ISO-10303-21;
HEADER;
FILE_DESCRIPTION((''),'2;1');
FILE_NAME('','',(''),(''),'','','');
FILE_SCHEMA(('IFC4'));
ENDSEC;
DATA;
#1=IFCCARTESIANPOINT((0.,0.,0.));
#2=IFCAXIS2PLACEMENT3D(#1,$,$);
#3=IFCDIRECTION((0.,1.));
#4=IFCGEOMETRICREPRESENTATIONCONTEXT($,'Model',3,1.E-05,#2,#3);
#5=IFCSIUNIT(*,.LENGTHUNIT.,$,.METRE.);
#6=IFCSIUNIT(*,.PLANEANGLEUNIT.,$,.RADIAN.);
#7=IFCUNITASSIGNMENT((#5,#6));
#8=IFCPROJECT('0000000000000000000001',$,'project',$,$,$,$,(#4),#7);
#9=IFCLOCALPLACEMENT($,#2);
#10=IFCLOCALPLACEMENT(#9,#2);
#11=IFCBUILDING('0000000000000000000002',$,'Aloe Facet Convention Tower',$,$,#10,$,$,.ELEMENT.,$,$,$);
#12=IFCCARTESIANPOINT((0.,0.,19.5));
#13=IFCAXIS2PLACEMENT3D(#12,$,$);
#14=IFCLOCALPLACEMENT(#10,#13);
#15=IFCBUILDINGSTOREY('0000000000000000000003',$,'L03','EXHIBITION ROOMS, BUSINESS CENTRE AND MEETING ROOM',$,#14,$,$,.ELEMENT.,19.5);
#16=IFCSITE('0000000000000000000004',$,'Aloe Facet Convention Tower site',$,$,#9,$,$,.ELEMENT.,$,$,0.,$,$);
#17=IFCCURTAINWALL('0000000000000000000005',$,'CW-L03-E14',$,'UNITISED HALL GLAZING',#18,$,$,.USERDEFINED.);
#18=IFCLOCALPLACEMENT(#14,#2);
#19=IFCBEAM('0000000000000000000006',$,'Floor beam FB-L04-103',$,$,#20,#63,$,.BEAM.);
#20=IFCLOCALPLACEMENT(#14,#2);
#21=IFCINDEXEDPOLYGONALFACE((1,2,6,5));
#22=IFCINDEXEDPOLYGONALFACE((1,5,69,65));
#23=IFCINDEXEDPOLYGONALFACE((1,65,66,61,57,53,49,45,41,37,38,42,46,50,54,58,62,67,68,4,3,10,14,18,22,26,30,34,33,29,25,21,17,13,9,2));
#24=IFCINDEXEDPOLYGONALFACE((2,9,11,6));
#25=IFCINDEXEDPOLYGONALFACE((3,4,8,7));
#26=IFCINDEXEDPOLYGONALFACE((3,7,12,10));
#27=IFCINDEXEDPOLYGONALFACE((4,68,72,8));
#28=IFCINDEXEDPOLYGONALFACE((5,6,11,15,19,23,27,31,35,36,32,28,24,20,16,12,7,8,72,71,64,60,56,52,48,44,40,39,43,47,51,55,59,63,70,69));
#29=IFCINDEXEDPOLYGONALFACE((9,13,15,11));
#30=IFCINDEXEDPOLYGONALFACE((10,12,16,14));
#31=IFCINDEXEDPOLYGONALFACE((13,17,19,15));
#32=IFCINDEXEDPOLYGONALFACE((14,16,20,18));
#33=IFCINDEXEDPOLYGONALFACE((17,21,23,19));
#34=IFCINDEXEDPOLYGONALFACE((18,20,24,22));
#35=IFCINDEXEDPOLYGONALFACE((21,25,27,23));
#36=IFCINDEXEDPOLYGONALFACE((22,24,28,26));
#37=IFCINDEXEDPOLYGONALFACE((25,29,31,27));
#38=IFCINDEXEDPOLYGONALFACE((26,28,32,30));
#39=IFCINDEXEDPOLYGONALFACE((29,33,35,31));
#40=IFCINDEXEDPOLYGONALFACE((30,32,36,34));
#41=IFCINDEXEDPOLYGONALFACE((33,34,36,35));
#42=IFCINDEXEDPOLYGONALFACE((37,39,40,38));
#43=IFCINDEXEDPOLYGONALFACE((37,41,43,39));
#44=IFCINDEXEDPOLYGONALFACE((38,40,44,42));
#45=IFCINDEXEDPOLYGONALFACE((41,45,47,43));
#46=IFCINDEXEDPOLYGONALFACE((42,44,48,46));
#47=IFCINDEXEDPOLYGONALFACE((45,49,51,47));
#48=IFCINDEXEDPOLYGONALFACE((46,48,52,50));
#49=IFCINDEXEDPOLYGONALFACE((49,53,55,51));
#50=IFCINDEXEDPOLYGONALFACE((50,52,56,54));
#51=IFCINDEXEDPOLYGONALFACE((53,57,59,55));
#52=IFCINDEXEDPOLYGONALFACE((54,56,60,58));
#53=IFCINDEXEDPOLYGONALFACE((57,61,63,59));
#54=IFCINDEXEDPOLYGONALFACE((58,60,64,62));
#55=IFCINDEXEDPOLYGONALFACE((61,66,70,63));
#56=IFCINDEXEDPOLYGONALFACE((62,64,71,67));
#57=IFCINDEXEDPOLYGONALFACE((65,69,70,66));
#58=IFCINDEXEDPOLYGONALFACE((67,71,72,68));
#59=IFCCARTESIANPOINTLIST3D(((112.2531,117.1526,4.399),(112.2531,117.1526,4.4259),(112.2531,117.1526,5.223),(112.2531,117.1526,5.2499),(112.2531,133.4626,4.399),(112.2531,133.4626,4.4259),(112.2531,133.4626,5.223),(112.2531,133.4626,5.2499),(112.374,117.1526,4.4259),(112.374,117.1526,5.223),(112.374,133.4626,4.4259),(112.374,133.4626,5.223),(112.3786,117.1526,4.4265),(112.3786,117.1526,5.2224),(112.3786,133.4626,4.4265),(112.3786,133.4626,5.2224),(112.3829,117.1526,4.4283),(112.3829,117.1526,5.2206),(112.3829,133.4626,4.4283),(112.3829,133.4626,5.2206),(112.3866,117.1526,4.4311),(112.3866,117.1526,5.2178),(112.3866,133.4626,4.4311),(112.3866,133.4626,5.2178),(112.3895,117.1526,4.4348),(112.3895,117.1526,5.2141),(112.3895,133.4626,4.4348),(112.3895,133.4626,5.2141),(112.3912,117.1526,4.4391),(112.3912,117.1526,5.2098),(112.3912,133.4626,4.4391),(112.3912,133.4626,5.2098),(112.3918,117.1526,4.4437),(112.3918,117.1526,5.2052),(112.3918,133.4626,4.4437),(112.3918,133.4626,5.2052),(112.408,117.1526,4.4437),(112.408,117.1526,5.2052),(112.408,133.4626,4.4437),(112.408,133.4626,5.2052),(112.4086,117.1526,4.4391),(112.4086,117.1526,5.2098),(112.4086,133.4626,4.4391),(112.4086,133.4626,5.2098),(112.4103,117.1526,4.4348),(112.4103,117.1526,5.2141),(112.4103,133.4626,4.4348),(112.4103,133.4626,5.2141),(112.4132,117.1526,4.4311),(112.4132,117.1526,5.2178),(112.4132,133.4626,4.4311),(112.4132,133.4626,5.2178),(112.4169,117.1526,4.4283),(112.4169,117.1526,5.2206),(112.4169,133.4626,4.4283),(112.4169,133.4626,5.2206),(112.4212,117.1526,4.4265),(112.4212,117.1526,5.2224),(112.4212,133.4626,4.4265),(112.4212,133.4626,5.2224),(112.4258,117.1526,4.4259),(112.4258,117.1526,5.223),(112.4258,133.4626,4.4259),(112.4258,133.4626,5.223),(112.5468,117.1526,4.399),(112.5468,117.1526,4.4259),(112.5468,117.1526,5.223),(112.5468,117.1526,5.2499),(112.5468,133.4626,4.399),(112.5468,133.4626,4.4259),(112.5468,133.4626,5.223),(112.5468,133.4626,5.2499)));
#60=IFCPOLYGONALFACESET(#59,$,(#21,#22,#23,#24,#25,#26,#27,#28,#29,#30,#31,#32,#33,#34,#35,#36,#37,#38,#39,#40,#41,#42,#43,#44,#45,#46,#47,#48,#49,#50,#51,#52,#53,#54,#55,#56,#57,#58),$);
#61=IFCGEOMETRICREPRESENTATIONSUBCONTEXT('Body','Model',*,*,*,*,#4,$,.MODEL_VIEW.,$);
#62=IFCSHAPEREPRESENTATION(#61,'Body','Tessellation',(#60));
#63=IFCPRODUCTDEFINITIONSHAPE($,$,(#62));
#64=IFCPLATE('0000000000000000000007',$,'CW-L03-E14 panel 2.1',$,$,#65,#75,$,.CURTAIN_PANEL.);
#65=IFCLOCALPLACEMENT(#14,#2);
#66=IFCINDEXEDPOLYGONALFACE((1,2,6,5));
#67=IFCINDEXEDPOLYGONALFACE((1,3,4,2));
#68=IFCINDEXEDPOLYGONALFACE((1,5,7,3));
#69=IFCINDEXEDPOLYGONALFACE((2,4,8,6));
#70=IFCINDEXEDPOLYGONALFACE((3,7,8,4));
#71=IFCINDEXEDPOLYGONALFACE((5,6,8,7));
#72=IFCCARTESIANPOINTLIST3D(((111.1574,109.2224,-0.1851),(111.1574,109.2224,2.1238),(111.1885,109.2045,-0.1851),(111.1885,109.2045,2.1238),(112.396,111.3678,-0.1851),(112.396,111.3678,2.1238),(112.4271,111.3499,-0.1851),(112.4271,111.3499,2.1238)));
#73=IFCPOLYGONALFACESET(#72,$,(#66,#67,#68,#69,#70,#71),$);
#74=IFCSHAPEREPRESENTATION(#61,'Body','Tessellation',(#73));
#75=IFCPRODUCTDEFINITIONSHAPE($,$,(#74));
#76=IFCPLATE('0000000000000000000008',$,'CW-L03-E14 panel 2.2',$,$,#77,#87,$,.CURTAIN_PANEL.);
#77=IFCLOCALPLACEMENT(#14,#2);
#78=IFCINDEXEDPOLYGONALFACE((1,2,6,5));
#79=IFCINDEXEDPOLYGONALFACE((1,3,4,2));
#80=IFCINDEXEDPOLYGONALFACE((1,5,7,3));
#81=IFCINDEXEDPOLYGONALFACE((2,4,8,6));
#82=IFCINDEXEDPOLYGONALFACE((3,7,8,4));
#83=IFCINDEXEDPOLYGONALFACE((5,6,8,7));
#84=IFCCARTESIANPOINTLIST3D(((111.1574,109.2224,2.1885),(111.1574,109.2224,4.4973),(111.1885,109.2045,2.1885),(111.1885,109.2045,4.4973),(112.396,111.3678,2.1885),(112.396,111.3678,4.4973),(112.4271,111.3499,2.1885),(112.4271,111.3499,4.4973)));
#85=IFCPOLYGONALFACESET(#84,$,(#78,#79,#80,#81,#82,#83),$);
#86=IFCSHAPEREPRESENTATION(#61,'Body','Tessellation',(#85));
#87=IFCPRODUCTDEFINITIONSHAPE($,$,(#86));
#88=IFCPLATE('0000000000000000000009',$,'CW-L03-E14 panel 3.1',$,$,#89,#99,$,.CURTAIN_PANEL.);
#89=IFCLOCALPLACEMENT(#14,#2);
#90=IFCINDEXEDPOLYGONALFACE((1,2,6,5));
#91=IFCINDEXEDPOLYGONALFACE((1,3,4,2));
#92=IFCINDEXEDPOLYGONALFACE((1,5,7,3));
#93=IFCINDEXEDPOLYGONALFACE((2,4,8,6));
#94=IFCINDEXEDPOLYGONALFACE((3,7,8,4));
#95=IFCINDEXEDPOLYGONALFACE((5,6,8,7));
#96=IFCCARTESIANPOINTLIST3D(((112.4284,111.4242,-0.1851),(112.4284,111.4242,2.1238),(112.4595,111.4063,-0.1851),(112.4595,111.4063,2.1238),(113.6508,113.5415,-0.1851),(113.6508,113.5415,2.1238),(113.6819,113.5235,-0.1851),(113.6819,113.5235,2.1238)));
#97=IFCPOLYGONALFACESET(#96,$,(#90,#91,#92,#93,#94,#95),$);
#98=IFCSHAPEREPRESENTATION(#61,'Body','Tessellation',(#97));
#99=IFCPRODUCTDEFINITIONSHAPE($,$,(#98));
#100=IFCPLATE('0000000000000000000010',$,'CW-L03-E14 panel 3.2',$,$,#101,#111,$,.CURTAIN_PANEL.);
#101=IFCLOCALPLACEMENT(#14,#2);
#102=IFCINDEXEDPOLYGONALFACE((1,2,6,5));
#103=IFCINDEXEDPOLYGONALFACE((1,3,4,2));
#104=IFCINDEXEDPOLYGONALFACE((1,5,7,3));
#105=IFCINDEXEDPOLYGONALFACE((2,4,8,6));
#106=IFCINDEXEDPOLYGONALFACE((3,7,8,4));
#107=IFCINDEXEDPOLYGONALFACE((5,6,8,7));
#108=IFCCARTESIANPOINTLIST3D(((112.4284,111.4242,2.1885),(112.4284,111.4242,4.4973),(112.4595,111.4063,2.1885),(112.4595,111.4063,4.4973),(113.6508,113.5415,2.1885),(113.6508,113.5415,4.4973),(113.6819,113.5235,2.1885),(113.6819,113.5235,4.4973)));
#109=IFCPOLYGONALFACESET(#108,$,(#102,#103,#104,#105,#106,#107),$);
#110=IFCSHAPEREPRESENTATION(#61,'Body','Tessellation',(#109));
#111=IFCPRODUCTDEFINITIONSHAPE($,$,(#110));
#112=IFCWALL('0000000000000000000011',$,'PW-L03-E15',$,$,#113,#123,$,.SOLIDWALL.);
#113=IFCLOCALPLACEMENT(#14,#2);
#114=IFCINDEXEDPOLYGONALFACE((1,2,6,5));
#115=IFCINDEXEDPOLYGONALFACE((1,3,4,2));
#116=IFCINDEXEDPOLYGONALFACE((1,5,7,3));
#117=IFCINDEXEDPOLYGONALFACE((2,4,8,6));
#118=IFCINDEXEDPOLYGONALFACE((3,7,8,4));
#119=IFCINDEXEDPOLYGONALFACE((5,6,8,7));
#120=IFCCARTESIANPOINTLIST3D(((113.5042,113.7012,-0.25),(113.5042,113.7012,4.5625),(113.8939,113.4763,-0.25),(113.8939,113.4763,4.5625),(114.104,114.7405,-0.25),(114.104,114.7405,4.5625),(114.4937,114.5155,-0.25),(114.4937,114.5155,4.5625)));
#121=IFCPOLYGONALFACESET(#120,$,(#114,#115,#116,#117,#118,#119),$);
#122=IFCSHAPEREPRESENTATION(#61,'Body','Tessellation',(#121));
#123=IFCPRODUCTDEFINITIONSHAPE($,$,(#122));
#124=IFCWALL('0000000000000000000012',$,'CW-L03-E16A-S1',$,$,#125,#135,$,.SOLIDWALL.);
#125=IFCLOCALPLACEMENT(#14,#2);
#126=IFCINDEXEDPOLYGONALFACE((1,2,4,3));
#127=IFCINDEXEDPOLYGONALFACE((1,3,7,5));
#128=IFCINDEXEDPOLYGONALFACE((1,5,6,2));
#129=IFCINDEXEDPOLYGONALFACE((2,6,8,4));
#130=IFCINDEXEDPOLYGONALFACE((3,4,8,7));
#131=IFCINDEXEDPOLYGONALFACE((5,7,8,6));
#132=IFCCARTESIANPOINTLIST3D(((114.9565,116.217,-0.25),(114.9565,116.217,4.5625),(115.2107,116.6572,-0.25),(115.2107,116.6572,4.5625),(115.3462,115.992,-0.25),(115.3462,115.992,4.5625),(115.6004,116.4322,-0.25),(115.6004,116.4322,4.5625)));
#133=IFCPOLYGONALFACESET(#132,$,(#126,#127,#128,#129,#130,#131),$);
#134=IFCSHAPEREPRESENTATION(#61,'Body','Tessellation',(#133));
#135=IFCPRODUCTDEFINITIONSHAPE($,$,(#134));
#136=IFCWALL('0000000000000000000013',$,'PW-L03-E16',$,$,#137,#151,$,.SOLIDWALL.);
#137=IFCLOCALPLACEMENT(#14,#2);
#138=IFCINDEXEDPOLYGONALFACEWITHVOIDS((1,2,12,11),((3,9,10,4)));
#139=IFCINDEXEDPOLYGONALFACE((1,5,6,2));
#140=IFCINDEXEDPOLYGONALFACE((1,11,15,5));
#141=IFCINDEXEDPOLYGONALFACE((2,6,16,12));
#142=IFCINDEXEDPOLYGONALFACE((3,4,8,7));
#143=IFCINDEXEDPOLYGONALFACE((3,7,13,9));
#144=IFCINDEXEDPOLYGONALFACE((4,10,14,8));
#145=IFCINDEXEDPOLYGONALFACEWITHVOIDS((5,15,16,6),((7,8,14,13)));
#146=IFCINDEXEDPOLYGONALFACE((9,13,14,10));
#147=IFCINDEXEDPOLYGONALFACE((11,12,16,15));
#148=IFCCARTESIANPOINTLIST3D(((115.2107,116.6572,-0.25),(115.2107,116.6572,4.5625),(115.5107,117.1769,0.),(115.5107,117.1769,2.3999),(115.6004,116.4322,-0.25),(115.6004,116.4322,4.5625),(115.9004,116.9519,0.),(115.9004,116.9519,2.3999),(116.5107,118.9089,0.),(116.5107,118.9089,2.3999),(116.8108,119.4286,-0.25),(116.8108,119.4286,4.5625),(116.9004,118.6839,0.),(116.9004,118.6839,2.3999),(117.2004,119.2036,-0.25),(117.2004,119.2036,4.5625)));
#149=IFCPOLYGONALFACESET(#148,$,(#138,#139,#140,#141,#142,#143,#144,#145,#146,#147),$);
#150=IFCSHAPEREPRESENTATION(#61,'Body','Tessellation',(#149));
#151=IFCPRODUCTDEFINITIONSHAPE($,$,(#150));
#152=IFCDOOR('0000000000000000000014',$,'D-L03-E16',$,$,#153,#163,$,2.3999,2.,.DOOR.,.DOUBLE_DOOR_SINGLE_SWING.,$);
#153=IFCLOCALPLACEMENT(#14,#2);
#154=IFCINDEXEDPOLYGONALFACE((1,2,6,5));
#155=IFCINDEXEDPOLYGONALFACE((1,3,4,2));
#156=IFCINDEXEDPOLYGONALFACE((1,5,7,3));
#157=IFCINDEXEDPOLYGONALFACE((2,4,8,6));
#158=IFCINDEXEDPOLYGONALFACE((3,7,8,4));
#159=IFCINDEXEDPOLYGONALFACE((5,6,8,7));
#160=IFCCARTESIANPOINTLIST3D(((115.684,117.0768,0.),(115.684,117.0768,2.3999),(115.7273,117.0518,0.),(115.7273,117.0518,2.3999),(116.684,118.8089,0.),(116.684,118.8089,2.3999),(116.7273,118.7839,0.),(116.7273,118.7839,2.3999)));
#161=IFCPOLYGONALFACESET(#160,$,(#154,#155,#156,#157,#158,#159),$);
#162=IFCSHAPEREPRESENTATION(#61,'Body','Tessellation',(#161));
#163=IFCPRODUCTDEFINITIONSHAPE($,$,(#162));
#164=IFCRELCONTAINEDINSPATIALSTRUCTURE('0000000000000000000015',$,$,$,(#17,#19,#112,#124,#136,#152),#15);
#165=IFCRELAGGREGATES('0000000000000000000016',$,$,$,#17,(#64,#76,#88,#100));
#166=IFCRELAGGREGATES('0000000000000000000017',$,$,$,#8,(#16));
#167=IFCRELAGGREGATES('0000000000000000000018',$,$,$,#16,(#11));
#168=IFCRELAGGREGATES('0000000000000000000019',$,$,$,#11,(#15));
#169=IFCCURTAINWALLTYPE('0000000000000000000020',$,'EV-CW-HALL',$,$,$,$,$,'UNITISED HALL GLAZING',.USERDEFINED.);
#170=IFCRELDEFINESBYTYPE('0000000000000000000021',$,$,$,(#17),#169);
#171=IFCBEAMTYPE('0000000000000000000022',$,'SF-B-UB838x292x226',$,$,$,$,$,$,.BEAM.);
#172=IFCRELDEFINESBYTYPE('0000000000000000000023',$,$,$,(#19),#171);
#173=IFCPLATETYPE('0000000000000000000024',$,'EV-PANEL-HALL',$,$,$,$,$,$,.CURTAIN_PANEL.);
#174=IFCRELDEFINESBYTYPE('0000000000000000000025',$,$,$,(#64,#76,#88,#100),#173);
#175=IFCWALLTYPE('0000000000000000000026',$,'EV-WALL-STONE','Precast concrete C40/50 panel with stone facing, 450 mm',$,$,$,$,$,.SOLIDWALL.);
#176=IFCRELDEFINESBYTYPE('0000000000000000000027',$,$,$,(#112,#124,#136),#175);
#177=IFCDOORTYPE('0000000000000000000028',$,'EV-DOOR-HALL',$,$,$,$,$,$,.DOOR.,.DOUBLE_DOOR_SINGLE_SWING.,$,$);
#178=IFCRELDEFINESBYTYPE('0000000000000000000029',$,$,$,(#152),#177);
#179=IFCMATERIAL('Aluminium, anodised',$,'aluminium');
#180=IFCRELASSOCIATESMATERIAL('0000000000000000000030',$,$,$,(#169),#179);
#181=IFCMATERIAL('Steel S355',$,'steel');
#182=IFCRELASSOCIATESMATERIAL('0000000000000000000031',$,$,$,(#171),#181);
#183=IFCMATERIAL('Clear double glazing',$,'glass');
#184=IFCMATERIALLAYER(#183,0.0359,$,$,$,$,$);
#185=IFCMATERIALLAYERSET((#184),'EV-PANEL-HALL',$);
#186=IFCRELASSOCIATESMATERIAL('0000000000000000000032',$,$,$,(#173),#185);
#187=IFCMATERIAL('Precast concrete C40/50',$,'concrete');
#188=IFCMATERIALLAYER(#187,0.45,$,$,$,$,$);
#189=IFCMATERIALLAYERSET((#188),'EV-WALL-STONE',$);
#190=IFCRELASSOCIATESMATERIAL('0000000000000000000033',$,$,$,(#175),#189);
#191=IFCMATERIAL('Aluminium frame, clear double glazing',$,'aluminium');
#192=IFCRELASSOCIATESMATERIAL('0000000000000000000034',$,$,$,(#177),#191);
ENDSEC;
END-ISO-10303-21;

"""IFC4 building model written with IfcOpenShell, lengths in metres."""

from ifc_helpers import new_model, si_unit, direction, frame, frame_2d, origin, origin_2d, place, context, subcontext, project, spatial, rectangle, i_section, extrude, material, layer, layer_set, material_profile, profile_set, type_object, element, fill, aggregate, save


model = new_model("IFC4")

# Units and contexts
model_context = context("Model", 3, precision=1e-05, world=origin(), true_north=direction((0.0, 1.0)))
body_context = subcontext(model_context, "Body", "Model", "MODEL_VIEW")
ifc_project = project(units=[si_unit("LENGTHUNIT", "METRE"), si_unit("PLANEANGLEUNIT", "RADIAN")], contexts=[model_context])

# Site, building, storey
site_placement = place(None, origin())
site = spatial("IfcSite", under=ifc_project, at=site_placement, Name="Aloe Facet Convention Tower site", CompositionType="ELEMENT", RefElevation=0.0)
building_placement = place(site_placement, origin())
building = spatial("IfcBuilding", under=site, at=building_placement, Name="Aloe Facet Convention Tower", CompositionType="ELEMENT")
storey_placement = place(building_placement, frame((0.0, 0.0, 19.5)))
storey = spatial("IfcBuildingStorey", under=building, at=storey_placement, Name="L03", Description="EXHIBITION ROOMS, BUSINESS CENTRE AND MEETING ROOM", CompositionType="ELEMENT", Elevation=19.5)

# Curtain wall
ifc_material_1 = material(Name="Aluminium, anodised", Category="aluminium")
curtain_wall_type = type_object("IfcCurtainWallType", Name="EV-CW-HALL", ElementType="UNITISED HALL GLAZING", PredefinedType="USERDEFINED", material=ifc_material_1)
curtain_wall_1_placement = place(storey_placement, origin())
curtain_wall_1 = element("IfcCurtainWall", 1, at=curtain_wall_1_placement, inside=storey, type_object=curtain_wall_type, Name="CW-L03-E14", ObjectType="UNITISED HALL GLAZING", PredefinedType="USERDEFINED")

# Beam
ifc_material_2 = material(Name="Steel S355", Category="steel")
ifc_material_profile_1 = material_profile(ifc_material_2, i_section(OverallWidth=0.2937, OverallDepth=0.8508, WebThickness=0.0161, FlangeThickness=0.0269, FilletRadius=0.0178, at=origin_2d()), Name="UB 838x292x226")
ifc_profile_set_1 = profile_set([ifc_material_profile_1], Name="Steel S355")
beam_type_1 = type_object("IfcBeamType", Name="SF-B-UB838x292x226", PredefinedType="BEAM", material=ifc_profile_set_1)
beam_1_placement = place(storey_placement, frame((112.3999, 117.1526, 4.8245), z_axis=(0.0, 1.0, 0.0), x_axis=(-1.0, 0.0, 0.0)))
element("IfcBeam", 2, at=beam_1_placement, inside=storey, type_object=beam_type_1, Name="Floor beam FB-L04-103", PredefinedType="BEAM", context=body_context, shape_type="SweptSolid", body=[
    extrude(i_section(OverallWidth=0.2937, OverallDepth=0.8508, WebThickness=0.0161, FlangeThickness=0.0269, FilletRadius=0.0178, at=origin_2d()), origin(), (0.0, 0.0, 1.0), 16.3101),
])

# Plates
ifc_material_3 = material(Name="Clear double glazing", Category="glass")
ifc_layer_1 = layer(ifc_material_3, 0.0359)
ifc_layer_set_1 = layer_set([ifc_layer_1], Name="EV-PANEL-HALL")
plate_type = type_object("IfcPlateType", Name="EV-PANEL-HALL", PredefinedType="CURTAIN_PANEL", material=ifc_layer_set_1)
plate_1_placement = place(storey_placement, frame((111.7922, 110.2861, -0.1851), z_axis=(0.0, 0.0, 1.0), x_axis=(0.5, 0.866025, 0.0)))
plate_1 = element("IfcPlate", 3, at=plate_1_placement, type_object=plate_type, Name="CW-L03-E14 panel 2.1", PredefinedType="CURTAIN_PANEL", context=body_context, shape_type="SweptSolid", body=[
    extrude(rectangle(XDim=2.4773, YDim=0.0359, at=origin_2d()), origin(), (0.0, 0.0, 1.0), 2.3088),
])
plate_2_placement = place(storey_placement, frame((111.7922, 110.2861, 2.1885), z_axis=(0.0, 0.0, 1.0), x_axis=(0.5, 0.866025, 0.0)))
plate_2 = element("IfcPlate", 4, at=plate_2_placement, type_object=plate_type, Name="CW-L03-E14 panel 2.2", PredefinedType="CURTAIN_PANEL", context=body_context, shape_type="SweptSolid", body=[
    extrude(rectangle(XDim=2.4773, YDim=0.0359, at=origin_2d()), origin(), (0.0, 0.0, 1.0), 2.3088),
])
plate_3_placement = place(storey_placement, frame((113.0552, 112.4739, -0.1851), z_axis=(0.0, 0.0, 1.0), x_axis=(0.5, 0.866025, 0.0)))
plate_3 = element("IfcPlate", 5, at=plate_3_placement, type_object=plate_type, Name="CW-L03-E14 panel 3.1", PredefinedType="CURTAIN_PANEL", context=body_context, shape_type="SweptSolid", body=[
    extrude(rectangle(XDim=2.4448, YDim=0.0359, at=origin_2d()), origin(), (0.0, 0.0, 1.0), 2.3088),
])
plate_4_placement = place(storey_placement, frame((113.0552, 112.4739, 2.1885), z_axis=(0.0, 0.0, 1.0), x_axis=(0.5, 0.866025, 0.0)))
plate_4 = element("IfcPlate", 6, at=plate_4_placement, type_object=plate_type, Name="CW-L03-E14 panel 3.2", PredefinedType="CURTAIN_PANEL", context=body_context, shape_type="SweptSolid", body=[
    extrude(rectangle(XDim=2.4448, YDim=0.0359, at=origin_2d()), origin(), (0.0, 0.0, 1.0), 2.3088),
])
aggregate(curtain_wall_1, [plate_1, plate_2, plate_3, plate_4])

# Walls
ifc_material_4 = material(Name="Precast concrete C40/50", Category="concrete")
ifc_layer_2 = layer(ifc_material_4, 0.45)
ifc_layer_set_2 = layer_set([ifc_layer_2], Name="EV-WALL-STONE")
wall_type = type_object("IfcWallType", Name="EV-WALL-STONE", Description="Precast concrete C40/50 panel with stone facing, 450 mm", PredefinedType="SOLIDWALL", material=ifc_layer_set_2)
wall_1_placement = place(storey_placement, frame((113.699, 113.5886, -0.25), z_axis=(0.0, 0.0, 1.0), x_axis=(0.499881, 0.866094, 0.0)))
element("IfcWall", 7, at=wall_1_placement, inside=storey, type_object=wall_type, Name="PW-L03-E15", PredefinedType="SOLIDWALL", context=body_context, shape_type="SweptSolid", body=[
    extrude(rectangle(XDim=1.2, YDim=0.45, at=frame_2d((0.6001, 0.0))), origin(), (0.0, 0.0, 1.0), 4.8125),
])
wall_2_placement = place(storey_placement, frame((115.1514, 116.1045, -0.25), z_axis=(0.0, 0.0, 1.0), x_axis=(0.500013, 0.866018, 0.0)))
element("IfcWall", 8, at=wall_2_placement, inside=storey, type_object=wall_type, Name="CW-L03-E16A-S1", PredefinedType="SOLIDWALL", context=body_context, shape_type="SweptSolid", body=[
    extrude(rectangle(XDim=0.5083, YDim=0.45, at=frame_2d((0.2542, 0.0))), origin(), (0.0, 0.0, 1.0), 4.8125),
])

# Wall, opening, door
wall_3_placement = place(storey_placement, frame((115.4055, 116.5447, -0.25), z_axis=(0.0, 0.0, 1.0), x_axis=(0.499995, 0.866028, 0.0)))
wall_3 = element("IfcWall", 9, at=wall_3_placement, inside=storey, type_object=wall_type, Name="PW-L03-E16", PredefinedType="SOLIDWALL", context=body_context, shape_type="SweptSolid", body=[
    extrude(rectangle(XDim=3.2002, YDim=0.45, at=frame_2d((1.6001, 0.0))), origin(), (0.0, 0.0, 1.0), 4.8125),
])
opening_placement = place(wall_3_placement, frame((0.6001, 0.0, 0.25)))
opening = element("IfcOpeningElement", 10, at=opening_placement, cuts=wall_3, PredefinedType="OPENING", context=body_context, shape_type="SweptSolid", body=[
    extrude(rectangle(XDim=2.0, YDim=2.3999, at=frame_2d((1.0, 1.2))), frame((0.0, 0.2349, 0.0), z_axis=(0.0, -1.0, 0.0), x_axis=(1.0, 0.0, 0.0)), (0.0, 0.0, 1.0), 0.47),
])
ifc_material_5 = material(Name="Aluminium frame, clear double glazing", Category="aluminium")
door_type = type_object("IfcDoorType", Name="EV-DOOR-HALL", OperationType="DOUBLE_DOOR_SINGLE_SWING", PredefinedType="DOOR", material=ifc_material_5)
door_placement = place(opening_placement, origin())
door = element("IfcDoor", 11, at=door_placement, inside=storey, type_object=door_type, Name="D-L03-E16", OperationType="DOUBLE_DOOR_SINGLE_SWING", OverallHeight=2.3999, OverallWidth=2.0, PredefinedType="DOOR", context=body_context, shape_type="SweptSolid", body=[
    extrude(rectangle(XDim=2.0, YDim=2.3999, at=frame_2d((1.0, 1.2))), frame((0.0, 0.0249, 0.0), z_axis=(0.0, -1.0, 0.0), x_axis=(1.0, 0.0, 0.0)), (0.0, 0.0, 1.0), 0.05),
])
fill(opening, door)

save(model, "model.ifc")
